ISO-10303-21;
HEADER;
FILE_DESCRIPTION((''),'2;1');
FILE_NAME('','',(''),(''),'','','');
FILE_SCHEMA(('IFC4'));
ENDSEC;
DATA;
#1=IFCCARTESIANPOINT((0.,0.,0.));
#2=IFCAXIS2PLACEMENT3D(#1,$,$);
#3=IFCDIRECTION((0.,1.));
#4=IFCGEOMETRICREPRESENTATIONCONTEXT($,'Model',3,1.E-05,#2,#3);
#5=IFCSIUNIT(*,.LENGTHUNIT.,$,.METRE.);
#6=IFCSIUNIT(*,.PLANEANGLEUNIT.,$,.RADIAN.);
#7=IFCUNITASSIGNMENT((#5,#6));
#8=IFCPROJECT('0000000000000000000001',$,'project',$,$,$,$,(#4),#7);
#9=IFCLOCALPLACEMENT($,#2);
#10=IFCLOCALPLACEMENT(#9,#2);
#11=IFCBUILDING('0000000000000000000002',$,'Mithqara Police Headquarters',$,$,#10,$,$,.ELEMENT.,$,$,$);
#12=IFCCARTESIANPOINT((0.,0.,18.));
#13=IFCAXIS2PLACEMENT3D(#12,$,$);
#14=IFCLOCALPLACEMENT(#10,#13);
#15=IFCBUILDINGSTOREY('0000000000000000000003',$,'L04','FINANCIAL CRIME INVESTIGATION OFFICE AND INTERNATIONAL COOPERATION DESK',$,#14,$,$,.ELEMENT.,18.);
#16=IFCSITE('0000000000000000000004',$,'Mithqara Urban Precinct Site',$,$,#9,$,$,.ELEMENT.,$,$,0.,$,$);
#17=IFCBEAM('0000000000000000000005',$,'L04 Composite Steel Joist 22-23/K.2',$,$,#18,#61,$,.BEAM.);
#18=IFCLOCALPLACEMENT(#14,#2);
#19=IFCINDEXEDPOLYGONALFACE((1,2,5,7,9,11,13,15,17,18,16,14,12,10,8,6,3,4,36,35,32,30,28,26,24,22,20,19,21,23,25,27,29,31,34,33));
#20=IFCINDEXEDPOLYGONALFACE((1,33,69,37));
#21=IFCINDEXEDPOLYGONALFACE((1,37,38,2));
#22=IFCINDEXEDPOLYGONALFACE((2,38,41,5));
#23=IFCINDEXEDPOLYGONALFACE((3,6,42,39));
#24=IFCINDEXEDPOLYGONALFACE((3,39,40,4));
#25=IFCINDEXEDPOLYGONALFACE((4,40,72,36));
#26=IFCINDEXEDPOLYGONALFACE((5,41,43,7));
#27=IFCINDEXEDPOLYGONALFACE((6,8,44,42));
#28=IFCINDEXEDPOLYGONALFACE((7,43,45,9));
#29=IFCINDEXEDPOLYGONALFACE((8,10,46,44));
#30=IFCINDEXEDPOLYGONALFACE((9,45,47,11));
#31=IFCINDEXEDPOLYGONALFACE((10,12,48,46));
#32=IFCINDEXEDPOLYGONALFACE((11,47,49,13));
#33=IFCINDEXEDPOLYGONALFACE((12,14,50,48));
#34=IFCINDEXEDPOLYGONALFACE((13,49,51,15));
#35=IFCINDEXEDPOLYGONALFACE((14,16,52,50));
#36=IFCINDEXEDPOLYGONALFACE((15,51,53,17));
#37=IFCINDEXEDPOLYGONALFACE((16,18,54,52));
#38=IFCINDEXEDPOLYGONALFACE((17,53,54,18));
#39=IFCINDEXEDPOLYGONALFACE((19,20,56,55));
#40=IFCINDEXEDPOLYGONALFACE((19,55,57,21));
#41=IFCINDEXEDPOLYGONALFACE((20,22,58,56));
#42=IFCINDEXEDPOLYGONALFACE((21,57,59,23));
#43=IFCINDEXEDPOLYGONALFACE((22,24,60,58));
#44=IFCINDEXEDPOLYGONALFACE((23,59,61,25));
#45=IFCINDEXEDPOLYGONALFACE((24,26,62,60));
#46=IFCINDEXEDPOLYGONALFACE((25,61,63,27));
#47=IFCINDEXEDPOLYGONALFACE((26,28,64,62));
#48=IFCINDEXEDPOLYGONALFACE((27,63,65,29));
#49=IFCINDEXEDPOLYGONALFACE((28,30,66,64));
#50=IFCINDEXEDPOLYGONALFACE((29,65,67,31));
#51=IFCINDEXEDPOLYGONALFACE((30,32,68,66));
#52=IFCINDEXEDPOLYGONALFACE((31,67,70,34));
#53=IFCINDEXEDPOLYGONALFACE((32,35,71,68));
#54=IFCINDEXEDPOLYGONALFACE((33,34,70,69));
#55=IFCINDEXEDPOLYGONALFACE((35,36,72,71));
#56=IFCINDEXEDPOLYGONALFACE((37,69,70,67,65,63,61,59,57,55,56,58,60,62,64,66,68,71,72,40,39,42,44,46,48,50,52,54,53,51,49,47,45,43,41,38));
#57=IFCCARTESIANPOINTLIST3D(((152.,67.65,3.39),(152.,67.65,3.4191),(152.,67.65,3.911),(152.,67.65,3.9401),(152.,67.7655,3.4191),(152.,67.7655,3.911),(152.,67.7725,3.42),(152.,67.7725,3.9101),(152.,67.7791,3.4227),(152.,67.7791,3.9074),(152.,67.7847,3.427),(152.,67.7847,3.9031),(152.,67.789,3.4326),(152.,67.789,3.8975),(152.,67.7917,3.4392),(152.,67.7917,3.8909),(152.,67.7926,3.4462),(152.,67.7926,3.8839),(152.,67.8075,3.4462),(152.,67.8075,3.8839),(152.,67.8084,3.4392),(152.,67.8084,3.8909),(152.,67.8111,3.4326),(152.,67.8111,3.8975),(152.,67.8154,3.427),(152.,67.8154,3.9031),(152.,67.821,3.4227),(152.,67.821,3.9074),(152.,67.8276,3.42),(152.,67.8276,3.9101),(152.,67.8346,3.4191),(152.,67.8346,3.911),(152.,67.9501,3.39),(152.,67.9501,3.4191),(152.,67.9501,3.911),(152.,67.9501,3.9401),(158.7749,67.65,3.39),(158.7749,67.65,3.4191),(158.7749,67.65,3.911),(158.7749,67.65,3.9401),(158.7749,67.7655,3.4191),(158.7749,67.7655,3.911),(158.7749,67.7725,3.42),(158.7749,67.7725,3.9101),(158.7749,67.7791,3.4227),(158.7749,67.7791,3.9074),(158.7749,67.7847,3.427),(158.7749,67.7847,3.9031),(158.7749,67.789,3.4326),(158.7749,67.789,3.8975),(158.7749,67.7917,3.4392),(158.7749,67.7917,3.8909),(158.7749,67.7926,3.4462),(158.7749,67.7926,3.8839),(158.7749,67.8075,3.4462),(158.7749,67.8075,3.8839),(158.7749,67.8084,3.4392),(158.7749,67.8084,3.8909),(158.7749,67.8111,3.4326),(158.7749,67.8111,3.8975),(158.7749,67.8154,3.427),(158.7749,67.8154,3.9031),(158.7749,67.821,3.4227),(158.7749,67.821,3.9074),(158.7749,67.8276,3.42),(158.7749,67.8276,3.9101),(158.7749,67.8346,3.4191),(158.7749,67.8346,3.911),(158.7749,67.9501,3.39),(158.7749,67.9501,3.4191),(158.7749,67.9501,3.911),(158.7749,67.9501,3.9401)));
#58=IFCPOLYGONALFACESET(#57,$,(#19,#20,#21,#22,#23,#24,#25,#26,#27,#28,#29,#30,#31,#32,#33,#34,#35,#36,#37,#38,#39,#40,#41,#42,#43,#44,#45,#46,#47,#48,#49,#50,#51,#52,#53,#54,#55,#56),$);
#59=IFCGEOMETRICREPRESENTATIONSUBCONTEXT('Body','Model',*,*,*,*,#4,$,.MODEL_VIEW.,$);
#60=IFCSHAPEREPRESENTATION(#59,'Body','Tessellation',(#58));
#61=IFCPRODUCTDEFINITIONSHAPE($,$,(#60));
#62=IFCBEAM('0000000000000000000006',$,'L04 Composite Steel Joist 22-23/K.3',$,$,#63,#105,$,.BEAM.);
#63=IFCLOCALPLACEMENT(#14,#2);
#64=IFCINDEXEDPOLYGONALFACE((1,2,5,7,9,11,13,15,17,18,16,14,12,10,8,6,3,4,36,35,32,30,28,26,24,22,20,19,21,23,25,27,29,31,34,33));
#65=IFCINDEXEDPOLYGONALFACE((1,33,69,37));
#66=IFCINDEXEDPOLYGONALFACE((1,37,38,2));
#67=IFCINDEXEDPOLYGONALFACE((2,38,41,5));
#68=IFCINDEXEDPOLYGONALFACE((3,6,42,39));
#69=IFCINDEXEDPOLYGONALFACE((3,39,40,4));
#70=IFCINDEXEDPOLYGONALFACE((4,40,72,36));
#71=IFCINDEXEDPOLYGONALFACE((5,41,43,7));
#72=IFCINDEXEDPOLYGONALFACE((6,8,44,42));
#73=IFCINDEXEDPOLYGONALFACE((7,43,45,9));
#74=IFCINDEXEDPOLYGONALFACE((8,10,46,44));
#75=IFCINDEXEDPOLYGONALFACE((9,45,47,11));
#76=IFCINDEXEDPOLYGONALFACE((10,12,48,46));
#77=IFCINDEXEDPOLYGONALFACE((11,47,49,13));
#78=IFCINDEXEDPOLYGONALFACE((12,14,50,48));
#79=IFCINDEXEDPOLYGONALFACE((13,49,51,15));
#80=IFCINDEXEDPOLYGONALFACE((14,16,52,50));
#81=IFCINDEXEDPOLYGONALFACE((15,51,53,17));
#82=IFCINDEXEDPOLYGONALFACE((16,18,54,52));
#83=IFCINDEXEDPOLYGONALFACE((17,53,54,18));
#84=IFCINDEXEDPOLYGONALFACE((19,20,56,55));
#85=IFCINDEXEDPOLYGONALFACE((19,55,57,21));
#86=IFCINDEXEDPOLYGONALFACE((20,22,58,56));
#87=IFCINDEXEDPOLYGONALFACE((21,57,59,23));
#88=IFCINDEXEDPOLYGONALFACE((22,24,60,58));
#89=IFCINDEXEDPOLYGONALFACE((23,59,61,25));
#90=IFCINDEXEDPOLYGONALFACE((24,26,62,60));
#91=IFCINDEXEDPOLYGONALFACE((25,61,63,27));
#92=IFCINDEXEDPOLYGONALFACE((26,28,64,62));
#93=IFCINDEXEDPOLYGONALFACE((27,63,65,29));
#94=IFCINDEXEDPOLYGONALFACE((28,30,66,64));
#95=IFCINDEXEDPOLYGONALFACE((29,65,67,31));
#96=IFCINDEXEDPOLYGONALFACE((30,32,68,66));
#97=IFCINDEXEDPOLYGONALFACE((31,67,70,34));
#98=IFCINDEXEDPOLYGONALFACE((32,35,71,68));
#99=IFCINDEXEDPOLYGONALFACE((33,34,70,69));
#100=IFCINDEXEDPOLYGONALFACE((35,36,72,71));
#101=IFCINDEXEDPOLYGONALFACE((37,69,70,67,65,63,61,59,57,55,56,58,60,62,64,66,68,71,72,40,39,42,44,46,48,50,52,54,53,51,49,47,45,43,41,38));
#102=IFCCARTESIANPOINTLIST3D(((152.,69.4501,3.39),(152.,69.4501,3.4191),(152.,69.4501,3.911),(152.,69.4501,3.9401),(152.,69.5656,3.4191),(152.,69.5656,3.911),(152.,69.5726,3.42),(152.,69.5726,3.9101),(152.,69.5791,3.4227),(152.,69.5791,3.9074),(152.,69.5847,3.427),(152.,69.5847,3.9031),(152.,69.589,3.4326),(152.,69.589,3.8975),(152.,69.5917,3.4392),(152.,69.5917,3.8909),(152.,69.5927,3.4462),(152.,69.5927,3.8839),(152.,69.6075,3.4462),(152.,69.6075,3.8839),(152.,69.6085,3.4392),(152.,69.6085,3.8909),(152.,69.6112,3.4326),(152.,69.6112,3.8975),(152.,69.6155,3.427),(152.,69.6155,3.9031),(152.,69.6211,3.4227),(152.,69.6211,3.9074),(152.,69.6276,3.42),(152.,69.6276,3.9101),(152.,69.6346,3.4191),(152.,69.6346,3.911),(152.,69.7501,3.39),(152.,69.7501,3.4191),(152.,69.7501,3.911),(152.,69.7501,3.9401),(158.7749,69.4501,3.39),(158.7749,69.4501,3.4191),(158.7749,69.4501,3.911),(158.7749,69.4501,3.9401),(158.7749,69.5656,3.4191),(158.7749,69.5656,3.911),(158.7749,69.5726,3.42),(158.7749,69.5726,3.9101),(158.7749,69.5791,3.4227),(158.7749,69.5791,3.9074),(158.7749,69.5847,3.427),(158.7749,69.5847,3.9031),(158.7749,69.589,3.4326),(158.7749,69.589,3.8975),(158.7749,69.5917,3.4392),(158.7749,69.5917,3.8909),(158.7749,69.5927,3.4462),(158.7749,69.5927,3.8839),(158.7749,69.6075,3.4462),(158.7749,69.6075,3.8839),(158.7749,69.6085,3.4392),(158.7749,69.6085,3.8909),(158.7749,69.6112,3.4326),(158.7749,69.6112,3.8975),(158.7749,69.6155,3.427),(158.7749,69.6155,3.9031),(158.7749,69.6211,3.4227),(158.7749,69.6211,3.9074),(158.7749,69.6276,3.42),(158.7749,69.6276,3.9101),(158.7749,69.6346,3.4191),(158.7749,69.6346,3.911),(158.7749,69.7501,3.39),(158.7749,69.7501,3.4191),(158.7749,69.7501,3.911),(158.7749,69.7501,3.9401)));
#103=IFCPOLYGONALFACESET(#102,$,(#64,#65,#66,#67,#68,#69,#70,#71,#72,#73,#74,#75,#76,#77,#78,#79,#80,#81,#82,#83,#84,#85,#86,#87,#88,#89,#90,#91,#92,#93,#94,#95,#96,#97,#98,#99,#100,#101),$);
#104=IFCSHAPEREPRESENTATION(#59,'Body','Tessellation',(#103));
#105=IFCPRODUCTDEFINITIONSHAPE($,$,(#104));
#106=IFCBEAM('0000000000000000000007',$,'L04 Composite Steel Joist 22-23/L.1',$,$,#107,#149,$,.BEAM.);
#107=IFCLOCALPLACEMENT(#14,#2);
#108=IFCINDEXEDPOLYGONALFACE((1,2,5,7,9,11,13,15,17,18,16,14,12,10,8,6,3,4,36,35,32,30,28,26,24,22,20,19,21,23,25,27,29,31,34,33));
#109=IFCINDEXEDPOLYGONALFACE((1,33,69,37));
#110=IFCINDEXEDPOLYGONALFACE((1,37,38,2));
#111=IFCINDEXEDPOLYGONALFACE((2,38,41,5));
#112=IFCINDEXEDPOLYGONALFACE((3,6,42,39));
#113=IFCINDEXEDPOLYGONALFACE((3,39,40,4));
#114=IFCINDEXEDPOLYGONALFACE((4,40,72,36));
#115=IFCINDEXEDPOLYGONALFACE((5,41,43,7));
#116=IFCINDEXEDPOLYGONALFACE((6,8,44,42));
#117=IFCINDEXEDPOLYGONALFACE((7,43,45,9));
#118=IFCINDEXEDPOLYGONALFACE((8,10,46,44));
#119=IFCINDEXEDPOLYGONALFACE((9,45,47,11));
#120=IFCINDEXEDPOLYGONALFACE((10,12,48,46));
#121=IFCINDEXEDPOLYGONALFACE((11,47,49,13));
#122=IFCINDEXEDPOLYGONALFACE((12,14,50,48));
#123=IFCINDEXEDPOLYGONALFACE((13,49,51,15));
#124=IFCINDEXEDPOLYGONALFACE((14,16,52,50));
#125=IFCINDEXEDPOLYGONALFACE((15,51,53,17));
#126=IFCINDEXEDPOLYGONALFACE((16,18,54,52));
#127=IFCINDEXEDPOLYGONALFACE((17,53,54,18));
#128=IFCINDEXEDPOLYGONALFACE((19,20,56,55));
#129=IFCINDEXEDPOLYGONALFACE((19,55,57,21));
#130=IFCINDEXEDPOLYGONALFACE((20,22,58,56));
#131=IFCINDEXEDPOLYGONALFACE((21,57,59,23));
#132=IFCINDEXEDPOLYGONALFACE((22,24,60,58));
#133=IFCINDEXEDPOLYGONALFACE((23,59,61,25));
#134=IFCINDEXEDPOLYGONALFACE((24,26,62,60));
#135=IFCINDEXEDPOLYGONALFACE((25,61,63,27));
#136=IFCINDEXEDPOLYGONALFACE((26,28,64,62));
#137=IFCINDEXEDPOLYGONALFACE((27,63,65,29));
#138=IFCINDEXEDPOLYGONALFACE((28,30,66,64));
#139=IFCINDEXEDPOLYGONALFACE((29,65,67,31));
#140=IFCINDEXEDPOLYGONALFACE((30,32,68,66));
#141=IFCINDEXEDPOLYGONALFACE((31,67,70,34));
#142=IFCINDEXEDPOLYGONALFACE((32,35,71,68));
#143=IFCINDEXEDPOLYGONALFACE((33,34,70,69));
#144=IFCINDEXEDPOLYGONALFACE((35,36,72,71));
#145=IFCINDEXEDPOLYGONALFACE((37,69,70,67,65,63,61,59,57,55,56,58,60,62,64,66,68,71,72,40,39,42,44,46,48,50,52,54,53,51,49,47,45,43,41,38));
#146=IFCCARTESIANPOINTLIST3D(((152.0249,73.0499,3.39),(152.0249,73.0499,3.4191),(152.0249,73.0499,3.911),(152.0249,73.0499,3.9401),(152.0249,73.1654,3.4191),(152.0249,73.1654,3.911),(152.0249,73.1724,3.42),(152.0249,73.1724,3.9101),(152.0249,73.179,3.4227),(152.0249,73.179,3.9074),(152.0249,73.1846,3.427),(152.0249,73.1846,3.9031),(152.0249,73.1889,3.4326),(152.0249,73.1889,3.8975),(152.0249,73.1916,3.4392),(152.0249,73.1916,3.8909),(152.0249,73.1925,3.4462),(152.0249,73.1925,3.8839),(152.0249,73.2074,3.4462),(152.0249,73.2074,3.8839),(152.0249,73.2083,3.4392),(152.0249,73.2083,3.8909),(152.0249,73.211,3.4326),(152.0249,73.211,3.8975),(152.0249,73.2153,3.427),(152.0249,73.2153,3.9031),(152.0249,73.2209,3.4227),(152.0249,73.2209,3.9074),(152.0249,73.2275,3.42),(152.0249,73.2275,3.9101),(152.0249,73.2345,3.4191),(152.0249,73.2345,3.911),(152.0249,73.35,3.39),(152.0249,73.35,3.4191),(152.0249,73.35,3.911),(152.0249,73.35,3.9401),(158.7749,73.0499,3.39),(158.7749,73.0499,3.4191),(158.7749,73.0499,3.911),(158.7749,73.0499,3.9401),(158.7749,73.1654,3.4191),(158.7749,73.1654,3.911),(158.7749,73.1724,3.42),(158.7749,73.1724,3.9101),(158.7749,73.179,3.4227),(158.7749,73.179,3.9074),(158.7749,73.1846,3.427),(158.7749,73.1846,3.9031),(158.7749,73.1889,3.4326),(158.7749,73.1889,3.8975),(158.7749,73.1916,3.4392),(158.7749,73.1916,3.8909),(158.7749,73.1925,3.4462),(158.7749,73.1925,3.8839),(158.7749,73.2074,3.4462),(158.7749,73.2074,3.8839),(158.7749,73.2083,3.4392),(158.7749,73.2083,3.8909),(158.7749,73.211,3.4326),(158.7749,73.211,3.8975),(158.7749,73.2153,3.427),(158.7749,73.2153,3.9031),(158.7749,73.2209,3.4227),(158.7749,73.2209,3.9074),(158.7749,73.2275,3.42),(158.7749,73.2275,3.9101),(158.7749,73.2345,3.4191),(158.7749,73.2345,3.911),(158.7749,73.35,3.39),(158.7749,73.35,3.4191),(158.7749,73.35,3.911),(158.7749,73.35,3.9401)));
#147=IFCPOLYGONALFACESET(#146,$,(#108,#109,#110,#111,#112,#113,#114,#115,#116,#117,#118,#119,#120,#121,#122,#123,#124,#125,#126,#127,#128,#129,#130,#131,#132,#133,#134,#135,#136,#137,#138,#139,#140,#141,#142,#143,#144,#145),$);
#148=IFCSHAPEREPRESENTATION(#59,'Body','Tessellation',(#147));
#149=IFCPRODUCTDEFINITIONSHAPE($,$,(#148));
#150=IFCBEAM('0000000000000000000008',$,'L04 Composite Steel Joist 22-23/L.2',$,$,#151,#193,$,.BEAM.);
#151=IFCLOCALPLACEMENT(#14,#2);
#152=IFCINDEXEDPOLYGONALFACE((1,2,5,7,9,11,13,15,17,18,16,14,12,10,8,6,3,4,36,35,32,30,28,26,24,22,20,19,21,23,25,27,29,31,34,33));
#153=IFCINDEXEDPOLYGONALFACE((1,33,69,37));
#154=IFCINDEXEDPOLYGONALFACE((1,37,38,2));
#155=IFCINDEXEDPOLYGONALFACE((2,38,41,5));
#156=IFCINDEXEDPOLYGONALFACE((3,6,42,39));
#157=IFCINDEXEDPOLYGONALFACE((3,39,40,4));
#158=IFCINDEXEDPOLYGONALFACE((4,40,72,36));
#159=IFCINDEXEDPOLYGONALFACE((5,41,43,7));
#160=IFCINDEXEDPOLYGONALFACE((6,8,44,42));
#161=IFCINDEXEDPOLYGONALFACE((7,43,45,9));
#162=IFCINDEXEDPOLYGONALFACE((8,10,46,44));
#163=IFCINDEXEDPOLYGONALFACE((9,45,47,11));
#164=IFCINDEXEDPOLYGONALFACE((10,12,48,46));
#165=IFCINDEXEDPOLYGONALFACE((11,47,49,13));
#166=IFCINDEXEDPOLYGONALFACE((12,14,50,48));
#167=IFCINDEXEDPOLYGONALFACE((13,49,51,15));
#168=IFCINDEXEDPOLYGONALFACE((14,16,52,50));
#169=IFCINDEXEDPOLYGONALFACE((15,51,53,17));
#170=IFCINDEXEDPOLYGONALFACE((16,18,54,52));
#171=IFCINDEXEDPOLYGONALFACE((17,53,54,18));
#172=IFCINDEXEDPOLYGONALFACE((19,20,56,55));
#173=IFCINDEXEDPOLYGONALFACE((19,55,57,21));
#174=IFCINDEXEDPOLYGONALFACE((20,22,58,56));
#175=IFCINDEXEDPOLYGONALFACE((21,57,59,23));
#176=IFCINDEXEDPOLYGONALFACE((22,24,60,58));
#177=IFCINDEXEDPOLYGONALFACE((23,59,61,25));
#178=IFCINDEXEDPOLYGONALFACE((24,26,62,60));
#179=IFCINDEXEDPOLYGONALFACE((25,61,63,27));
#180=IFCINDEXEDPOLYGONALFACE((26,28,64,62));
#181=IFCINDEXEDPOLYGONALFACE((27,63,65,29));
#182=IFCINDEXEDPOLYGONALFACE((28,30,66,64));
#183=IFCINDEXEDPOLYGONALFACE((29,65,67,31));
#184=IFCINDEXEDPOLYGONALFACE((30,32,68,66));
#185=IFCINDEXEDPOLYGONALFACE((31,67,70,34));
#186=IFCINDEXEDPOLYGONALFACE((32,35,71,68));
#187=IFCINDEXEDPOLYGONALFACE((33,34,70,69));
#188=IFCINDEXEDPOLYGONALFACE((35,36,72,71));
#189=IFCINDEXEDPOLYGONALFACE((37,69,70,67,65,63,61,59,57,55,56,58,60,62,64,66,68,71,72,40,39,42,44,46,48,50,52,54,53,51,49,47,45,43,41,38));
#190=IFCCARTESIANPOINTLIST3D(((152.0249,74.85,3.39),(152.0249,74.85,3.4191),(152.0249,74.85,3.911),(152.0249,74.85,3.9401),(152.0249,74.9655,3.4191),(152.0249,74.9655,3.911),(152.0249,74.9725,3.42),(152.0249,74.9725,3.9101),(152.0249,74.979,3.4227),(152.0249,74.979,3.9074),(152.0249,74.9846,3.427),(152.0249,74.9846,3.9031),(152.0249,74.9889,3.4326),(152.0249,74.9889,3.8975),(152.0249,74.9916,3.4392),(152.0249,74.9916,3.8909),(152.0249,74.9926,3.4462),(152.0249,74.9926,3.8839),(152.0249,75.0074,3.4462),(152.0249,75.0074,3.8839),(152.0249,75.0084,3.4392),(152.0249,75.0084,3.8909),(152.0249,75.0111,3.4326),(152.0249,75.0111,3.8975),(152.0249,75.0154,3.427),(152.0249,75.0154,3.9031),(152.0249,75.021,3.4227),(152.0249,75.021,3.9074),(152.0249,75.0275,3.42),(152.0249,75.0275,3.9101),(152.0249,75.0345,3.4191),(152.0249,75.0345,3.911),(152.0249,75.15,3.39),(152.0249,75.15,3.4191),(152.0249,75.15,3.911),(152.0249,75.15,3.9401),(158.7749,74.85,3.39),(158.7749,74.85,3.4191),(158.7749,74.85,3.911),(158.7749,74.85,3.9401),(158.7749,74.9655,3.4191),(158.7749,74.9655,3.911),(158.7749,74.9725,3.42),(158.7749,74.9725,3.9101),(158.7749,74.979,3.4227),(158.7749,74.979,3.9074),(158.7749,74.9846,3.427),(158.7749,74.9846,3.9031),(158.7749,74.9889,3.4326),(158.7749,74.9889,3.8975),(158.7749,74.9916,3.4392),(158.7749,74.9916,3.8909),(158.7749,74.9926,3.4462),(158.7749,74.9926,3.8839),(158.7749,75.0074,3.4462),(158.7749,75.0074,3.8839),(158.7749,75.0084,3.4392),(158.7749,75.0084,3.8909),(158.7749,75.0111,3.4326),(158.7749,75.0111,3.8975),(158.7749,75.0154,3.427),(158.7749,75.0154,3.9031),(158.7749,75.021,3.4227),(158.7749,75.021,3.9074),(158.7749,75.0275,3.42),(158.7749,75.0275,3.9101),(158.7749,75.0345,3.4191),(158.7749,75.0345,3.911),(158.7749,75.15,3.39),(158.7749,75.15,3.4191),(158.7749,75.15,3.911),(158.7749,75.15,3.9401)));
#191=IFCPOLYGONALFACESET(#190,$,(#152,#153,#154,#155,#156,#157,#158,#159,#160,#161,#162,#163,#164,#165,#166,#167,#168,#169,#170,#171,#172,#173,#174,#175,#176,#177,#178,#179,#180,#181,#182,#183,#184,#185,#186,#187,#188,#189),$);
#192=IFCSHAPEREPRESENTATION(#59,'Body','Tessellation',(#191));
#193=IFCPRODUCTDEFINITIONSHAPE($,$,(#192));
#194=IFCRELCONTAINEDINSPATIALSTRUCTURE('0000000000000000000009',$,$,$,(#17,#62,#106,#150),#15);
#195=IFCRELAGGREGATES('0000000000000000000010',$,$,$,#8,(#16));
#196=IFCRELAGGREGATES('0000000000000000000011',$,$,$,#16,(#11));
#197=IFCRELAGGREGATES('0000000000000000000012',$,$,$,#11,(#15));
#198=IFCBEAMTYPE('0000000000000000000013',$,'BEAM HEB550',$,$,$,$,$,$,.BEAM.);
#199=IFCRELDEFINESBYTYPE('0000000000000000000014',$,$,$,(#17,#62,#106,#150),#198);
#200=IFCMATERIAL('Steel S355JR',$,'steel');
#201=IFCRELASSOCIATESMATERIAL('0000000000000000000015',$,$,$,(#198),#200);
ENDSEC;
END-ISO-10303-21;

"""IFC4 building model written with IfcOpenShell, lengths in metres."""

from ifc_helpers import new_model, si_unit, direction, frame, origin, origin_2d, place, context, subcontext, project, spatial, i_section, extrude, material, material_profile, profile_set, type_object, element, save


model = new_model("IFC4")

# Units and contexts
model_context = context("Model", 3, precision=1e-05, world=origin(), true_north=direction((0.0, 1.0)))
body_context = subcontext(model_context, "Body", "Model", "MODEL_VIEW")
ifc_project = project(units=[si_unit("LENGTHUNIT", "METRE"), si_unit("PLANEANGLEUNIT", "RADIAN")], contexts=[model_context])

# Site, building, storey
site_placement = place(None, origin())
site = spatial("IfcSite", under=ifc_project, at=site_placement, Name="Mithqara Urban Precinct Site", CompositionType="ELEMENT", RefElevation=0.0)
building_placement = place(site_placement, origin())
building = spatial("IfcBuilding", under=site, at=building_placement, Name="Mithqara Police Headquarters", CompositionType="ELEMENT")
storey_placement = place(building_placement, frame((0.0, 0.0, 18.0)))
storey = spatial("IfcBuildingStorey", under=building, at=storey_placement, Name="L04", Description="FINANCIAL CRIME INVESTIGATION OFFICE AND INTERNATIONAL COOPERATION DESK", CompositionType="ELEMENT", Elevation=18.0)

# Beams
ifc_material_1 = material(Name="Steel S355JR", Category="steel")
ifc_material_profile_1 = material_profile(ifc_material_1, i_section(OverallWidth=0.3, OverallDepth=0.55, WebThickness=0.0149, FlangeThickness=0.0291, FilletRadius=0.0271, at=origin_2d()), Name="HEB 550")
ifc_profile_set_1 = profile_set([ifc_material_profile_1], Name="Steel S355JR")
beam_type_1 = type_object("IfcBeamType", Name="BEAM HEB550", PredefinedType="BEAM", material=ifc_profile_set_1)
for number, where, z_axis, x_axis, name in (
    (1, (152.0, 67.8, 3.665), (1.0, 0.0, 0.0), (0.0, 1.0, 0.0), "L04 Composite Steel Joist 22-23/K.2"),
    (2, (152.0, 69.6001, 3.665), (1.0, 0.0, 0.0), (0.0, 1.0, 0.0), "L04 Composite Steel Joist 22-23/K.3"),
):
    element("IfcBeam", number, at=place(storey_placement, frame(where, z_axis=z_axis, x_axis=x_axis)), inside=storey, type_object=beam_type_1, Name=name, PredefinedType="BEAM", context=body_context, shape_type="SweptSolid", body=[
        extrude(i_section(OverallWidth=0.3, OverallDepth=0.55, WebThickness=0.0149, FlangeThickness=0.0291, FilletRadius=0.0271, at=origin_2d()), origin(), (0.0, 0.0, 1.0), 6.7749),
    ])
for number, where, z_axis, x_axis, name in (
    (3, (152.0249, 73.2, 3.665), (1.0, 0.0, 0.0), (0.0, 1.0, 0.0), "L04 Composite Steel Joist 22-23/L.1"),
    (4, (152.0249, 75.0, 3.665), (1.0, 0.0, 0.0), (0.0, 1.0, 0.0), "L04 Composite Steel Joist 22-23/L.2"),
):
    element("IfcBeam", number, at=place(storey_placement, frame(where, z_axis=z_axis, x_axis=x_axis)), inside=storey, type_object=beam_type_1, Name=name, PredefinedType="BEAM", context=body_context, shape_type="SweptSolid", body=[
        extrude(i_section(OverallWidth=0.3, OverallDepth=0.55, WebThickness=0.0149, FlangeThickness=0.0291, FilletRadius=0.0271, at=origin_2d()), origin(), (0.0, 0.0, 1.0), 6.75),
    ])

save(model, "model.ifc")
